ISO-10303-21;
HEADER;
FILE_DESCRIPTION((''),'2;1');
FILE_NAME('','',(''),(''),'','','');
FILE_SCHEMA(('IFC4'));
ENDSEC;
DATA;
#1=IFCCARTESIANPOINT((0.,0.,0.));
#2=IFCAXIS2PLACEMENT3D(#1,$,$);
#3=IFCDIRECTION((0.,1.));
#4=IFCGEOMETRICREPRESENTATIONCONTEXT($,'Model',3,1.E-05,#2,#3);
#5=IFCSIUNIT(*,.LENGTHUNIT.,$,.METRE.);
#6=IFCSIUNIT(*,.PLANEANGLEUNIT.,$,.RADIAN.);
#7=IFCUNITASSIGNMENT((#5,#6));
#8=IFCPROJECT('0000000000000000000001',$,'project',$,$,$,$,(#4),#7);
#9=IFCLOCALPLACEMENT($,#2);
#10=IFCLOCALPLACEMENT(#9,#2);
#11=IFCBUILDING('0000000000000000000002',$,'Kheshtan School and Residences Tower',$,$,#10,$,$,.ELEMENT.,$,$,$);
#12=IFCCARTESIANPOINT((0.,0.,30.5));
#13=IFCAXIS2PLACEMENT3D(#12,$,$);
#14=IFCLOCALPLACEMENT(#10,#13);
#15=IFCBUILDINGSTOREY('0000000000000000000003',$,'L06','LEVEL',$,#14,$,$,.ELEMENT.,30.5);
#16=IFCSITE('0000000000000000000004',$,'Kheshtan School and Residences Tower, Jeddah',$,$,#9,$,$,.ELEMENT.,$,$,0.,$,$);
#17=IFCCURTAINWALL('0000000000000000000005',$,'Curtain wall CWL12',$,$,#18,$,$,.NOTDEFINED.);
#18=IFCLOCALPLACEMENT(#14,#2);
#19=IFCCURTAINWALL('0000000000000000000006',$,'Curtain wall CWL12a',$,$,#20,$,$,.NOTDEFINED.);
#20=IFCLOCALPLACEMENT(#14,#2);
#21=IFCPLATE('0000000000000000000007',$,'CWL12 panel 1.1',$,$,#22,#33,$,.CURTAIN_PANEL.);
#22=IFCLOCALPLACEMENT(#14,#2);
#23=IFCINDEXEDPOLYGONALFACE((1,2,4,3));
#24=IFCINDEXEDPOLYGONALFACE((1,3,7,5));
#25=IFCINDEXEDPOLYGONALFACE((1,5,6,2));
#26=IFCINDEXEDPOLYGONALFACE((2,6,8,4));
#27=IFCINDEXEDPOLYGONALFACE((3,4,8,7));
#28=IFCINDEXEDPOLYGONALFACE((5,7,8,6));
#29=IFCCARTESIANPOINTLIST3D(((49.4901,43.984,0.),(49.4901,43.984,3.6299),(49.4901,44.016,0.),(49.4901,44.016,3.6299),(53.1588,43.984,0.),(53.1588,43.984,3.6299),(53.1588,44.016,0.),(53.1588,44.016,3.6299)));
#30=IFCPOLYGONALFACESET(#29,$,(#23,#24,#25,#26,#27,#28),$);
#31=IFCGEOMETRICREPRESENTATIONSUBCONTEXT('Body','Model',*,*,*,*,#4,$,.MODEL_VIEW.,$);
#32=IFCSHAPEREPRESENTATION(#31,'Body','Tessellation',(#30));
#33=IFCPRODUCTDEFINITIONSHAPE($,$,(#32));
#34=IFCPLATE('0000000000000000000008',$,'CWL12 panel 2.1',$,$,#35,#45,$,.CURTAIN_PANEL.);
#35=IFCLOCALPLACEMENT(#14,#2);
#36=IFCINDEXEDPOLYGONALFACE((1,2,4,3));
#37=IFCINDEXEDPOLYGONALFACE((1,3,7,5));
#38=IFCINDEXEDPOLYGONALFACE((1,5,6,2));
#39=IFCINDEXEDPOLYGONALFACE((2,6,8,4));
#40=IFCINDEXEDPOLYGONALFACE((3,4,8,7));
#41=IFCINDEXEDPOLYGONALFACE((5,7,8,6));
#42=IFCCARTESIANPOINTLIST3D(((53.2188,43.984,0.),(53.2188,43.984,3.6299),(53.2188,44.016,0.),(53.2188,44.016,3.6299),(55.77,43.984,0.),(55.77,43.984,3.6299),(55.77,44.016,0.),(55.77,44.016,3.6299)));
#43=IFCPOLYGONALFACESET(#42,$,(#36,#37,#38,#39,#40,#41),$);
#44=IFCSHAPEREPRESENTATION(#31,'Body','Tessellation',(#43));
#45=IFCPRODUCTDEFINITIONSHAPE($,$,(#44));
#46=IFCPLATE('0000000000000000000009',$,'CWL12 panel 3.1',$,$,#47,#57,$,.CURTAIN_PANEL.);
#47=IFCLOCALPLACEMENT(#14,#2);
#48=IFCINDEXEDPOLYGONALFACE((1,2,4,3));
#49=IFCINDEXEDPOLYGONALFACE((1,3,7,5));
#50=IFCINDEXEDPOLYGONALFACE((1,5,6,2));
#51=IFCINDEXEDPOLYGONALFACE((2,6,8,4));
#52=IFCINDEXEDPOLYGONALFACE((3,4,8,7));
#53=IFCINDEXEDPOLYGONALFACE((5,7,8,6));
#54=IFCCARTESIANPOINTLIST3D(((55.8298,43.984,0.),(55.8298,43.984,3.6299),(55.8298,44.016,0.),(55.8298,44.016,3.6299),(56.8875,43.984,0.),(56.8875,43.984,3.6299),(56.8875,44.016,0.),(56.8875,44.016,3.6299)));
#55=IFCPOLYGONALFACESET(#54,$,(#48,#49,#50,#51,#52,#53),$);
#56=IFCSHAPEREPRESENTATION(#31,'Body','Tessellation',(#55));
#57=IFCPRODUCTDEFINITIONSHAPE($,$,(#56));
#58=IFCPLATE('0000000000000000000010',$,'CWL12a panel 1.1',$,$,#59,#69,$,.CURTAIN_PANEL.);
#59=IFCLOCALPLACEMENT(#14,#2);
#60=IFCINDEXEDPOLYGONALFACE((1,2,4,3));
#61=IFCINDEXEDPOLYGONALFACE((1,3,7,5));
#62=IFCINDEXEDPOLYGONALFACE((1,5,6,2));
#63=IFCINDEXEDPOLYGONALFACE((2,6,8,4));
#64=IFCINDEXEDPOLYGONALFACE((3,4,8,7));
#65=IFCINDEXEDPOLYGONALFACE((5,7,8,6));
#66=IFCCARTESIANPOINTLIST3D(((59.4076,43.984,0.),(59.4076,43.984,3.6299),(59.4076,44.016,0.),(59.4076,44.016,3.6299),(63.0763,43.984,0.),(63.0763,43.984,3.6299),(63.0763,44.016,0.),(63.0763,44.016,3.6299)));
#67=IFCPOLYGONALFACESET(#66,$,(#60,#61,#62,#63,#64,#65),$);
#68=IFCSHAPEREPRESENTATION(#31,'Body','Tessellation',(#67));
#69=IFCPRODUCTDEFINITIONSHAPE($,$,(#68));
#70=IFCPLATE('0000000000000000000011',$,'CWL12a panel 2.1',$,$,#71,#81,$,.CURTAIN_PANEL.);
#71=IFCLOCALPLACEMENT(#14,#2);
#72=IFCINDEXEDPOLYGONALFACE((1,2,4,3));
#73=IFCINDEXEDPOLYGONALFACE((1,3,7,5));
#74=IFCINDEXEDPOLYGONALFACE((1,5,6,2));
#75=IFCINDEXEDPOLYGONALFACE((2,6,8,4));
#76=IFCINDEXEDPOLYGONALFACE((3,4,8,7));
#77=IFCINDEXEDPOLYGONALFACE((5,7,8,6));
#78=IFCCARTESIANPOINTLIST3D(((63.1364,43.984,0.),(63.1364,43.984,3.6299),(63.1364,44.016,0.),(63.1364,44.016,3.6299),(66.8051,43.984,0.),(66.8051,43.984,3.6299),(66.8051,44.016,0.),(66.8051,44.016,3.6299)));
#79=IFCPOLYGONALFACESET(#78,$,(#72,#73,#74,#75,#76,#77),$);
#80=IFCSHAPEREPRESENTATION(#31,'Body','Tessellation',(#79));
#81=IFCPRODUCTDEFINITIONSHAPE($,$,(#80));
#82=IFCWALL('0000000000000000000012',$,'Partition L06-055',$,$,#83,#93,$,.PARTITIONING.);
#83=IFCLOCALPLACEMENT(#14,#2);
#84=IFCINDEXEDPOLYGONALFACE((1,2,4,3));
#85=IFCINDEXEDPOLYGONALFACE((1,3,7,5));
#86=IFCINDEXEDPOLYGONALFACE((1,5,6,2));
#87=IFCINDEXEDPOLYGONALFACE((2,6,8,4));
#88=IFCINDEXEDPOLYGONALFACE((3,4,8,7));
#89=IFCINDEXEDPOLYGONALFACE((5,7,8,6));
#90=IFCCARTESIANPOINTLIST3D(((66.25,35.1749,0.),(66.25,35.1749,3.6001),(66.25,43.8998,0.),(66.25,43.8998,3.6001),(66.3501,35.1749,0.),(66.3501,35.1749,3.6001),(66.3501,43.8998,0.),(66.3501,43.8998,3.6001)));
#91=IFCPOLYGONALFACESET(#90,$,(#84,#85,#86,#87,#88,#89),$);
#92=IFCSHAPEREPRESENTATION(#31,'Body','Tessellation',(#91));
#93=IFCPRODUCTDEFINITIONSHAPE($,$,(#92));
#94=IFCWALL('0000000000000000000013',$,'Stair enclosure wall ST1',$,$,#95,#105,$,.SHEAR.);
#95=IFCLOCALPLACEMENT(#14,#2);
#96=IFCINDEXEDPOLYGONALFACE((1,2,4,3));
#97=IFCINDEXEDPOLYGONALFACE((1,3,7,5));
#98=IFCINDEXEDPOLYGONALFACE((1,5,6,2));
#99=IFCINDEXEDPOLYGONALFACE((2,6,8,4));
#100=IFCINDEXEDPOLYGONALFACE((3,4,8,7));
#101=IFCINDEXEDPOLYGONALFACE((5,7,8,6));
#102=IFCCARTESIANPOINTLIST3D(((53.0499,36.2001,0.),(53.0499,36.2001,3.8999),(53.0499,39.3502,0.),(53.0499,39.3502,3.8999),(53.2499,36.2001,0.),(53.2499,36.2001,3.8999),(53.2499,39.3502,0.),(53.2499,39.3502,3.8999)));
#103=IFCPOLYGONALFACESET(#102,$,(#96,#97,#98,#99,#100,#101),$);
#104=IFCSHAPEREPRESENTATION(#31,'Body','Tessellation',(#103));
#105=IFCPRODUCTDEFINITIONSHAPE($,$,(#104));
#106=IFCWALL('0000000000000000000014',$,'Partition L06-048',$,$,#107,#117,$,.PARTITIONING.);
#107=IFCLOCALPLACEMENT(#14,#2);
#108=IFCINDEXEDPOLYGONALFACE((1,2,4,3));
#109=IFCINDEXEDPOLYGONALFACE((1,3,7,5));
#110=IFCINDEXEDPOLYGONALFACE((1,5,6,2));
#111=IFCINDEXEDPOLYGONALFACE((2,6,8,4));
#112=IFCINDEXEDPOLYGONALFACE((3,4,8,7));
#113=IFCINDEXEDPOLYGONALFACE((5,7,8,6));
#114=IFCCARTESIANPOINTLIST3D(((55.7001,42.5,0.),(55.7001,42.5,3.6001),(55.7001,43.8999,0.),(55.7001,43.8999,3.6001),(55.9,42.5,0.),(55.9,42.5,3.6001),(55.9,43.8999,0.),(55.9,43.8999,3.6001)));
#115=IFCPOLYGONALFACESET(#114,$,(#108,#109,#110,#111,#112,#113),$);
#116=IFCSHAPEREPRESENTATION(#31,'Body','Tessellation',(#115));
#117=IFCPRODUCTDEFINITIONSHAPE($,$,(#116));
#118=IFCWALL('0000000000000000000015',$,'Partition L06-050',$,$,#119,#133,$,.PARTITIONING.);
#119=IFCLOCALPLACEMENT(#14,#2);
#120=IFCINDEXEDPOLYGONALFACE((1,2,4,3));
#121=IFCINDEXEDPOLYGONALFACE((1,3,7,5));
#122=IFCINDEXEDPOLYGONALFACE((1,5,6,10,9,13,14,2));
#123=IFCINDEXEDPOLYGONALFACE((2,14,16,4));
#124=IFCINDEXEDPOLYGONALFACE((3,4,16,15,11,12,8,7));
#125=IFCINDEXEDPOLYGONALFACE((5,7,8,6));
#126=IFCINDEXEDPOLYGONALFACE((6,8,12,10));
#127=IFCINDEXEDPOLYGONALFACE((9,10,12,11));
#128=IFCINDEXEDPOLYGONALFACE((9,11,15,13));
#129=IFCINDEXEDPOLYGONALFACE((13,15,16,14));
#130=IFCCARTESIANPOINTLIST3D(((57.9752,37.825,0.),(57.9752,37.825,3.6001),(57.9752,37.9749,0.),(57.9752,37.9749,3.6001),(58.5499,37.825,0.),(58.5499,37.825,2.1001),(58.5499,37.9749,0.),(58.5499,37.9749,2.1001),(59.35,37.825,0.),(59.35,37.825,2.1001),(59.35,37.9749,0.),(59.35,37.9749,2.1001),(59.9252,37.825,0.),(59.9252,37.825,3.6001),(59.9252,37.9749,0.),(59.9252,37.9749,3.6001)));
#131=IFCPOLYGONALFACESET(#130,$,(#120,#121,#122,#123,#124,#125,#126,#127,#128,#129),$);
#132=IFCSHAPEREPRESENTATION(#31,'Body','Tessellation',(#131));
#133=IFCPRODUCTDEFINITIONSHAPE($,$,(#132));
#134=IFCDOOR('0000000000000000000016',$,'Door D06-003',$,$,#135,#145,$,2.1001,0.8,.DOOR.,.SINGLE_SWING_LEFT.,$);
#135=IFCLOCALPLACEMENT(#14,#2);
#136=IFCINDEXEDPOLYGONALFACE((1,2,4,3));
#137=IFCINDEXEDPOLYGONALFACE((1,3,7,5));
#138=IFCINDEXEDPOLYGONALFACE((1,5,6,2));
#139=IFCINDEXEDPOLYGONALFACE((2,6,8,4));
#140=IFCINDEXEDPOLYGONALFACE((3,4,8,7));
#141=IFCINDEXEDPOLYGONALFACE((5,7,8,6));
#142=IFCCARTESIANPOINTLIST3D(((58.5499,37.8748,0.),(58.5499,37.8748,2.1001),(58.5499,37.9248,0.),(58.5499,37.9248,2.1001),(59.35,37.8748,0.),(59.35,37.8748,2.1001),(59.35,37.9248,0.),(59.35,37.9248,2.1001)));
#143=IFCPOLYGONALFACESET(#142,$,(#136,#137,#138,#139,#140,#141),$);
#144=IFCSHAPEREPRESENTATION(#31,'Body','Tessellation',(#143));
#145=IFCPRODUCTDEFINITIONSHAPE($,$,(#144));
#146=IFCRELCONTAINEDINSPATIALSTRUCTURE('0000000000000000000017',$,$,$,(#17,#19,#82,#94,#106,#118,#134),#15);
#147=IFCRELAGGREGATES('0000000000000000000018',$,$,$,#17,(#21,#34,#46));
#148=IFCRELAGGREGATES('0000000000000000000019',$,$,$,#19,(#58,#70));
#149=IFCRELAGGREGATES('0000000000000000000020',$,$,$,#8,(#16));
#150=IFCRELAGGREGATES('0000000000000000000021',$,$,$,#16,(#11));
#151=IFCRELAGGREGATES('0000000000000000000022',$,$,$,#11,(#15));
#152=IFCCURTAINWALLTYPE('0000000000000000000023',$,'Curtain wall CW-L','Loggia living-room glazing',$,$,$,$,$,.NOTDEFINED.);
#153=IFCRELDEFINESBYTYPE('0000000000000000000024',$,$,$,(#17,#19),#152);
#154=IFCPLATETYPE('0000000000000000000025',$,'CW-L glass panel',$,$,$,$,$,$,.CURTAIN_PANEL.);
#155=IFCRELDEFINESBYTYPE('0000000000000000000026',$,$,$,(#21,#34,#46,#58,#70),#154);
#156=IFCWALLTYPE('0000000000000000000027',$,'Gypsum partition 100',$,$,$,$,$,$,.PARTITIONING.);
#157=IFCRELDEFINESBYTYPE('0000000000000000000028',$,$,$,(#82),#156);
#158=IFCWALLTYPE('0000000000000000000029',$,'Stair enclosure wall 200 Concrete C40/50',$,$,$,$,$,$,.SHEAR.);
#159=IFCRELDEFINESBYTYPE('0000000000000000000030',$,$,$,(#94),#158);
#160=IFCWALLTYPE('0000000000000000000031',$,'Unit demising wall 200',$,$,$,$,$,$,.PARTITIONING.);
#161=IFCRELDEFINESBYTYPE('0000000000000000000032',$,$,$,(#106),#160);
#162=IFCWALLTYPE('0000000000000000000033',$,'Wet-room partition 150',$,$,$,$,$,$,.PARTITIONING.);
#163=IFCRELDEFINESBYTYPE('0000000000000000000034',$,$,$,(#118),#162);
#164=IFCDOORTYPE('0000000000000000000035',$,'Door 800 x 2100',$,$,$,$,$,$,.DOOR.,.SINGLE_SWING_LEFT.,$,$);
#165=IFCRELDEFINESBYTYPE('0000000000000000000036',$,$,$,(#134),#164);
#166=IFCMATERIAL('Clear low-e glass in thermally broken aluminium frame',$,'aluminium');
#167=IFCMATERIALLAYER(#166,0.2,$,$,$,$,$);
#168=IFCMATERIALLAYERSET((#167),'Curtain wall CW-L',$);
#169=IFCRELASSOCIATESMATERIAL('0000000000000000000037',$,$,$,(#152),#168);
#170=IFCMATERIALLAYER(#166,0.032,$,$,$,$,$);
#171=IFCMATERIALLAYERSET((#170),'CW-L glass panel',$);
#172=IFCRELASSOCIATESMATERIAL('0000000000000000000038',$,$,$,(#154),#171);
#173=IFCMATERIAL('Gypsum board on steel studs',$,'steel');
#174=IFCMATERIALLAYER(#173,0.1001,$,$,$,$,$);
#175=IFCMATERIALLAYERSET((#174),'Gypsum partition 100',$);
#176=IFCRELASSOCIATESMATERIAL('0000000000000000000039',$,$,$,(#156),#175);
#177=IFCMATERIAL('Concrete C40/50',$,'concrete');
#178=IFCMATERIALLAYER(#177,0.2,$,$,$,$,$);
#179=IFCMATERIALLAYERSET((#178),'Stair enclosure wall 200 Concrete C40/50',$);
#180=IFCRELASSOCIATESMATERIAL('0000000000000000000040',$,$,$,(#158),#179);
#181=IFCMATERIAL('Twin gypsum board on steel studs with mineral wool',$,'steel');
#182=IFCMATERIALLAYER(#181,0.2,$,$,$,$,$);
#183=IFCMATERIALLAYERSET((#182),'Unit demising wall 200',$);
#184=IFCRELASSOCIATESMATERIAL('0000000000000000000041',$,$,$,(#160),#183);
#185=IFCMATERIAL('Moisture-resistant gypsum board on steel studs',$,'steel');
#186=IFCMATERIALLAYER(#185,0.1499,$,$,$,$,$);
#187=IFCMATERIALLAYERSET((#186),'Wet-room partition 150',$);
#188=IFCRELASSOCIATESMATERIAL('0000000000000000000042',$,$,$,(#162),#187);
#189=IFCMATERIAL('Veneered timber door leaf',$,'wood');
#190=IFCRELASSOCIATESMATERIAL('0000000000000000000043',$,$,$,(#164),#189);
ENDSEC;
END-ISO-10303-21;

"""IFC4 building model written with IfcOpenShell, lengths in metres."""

from ifc_helpers import new_model, si_unit, direction, frame, frame_2d, origin, origin_2d, place, context, subcontext, project, spatial, rectangle, extrude, source, transform, mapped, material, layer, layer_set, type_object, element, fill, aggregate, save


model = new_model("IFC4")

# Units and contexts
model_context = context("Model", 3, precision=1e-05, world=origin(), true_north=direction((0.0, 1.0)))
body_context = subcontext(model_context, "Body", "Model", "MODEL_VIEW")
ifc_project = project(units=[si_unit("LENGTHUNIT", "METRE"), si_unit("PLANEANGLEUNIT", "RADIAN")], contexts=[model_context])

# Site, building, storey
site_placement = place(None, origin())
site = spatial("IfcSite", under=ifc_project, at=site_placement, Name="Kheshtan School and Residences Tower, Jeddah", CompositionType="ELEMENT", RefElevation=0.0)
building_placement = place(site_placement, origin())
building = spatial("IfcBuilding", under=site, at=building_placement, Name="Kheshtan School and Residences Tower", CompositionType="ELEMENT")
storey_placement = place(building_placement, frame((0.0, 0.0, 30.5)))
storey = spatial("IfcBuildingStorey", under=building, at=storey_placement, Name="L06", Description="LEVEL", CompositionType="ELEMENT", Elevation=30.5)

# Curtain walls
ifc_material_1 = material(Name="Clear low-e glass in thermally broken aluminium frame", Category="aluminium")
ifc_layer_1 = layer(ifc_material_1, 0.2)
ifc_layer_set_1 = layer_set([ifc_layer_1], Name="Curtain wall CW-L")
curtain_wall_type = type_object("IfcCurtainWallType", Name="Curtain wall CW-L", Description="Loggia living-room glazing", PredefinedType="NOTDEFINED", material=ifc_layer_set_1)
curtain_wall_1_placement = place(storey_placement, origin())
curtain_wall_1 = element("IfcCurtainWall", 1, at=curtain_wall_1_placement, inside=storey, type_object=curtain_wall_type, Name="Curtain wall CWL12", PredefinedType="NOTDEFINED")
curtain_wall_2_placement = place(storey_placement, origin())
curtain_wall_2 = element("IfcCurtainWall", 2, at=curtain_wall_2_placement, inside=storey, type_object=curtain_wall_type, Name="Curtain wall CWL12a", PredefinedType="NOTDEFINED")

# Plates
ifc_layer_2 = layer(ifc_material_1, 0.032)
ifc_layer_set_2 = layer_set([ifc_layer_2], Name="CW-L glass panel")
plate_type = type_object("IfcPlateType", Name="CW-L glass panel", PredefinedType="CURTAIN_PANEL", material=ifc_layer_set_2)
plate_1_placement = place(storey_placement, frame((51.3245, 44.0, 0.0), z_axis=(0.0, 0.0, 1.0), x_axis=(1.0, 0.0, 0.0)))
plate_1 = element("IfcPlate", 3, at=plate_1_placement, type_object=plate_type, Name="CWL12 panel 1.1", PredefinedType="CURTAIN_PANEL", context=body_context, shape_type="SweptSolid", body=[
    extrude(rectangle(XDim=3.6687, YDim=0.032, at=origin_2d()), origin(), (0.0, 0.0, 1.0), 3.6299),
])
plate_2_placement = place(storey_placement, frame((54.4944, 44.0, 0.0), z_axis=(0.0, 0.0, 1.0), x_axis=(1.0, 0.0, 0.0)))
plate_2 = element("IfcPlate", 4, at=plate_2_placement, type_object=plate_type, Name="CWL12 panel 2.1", PredefinedType="CURTAIN_PANEL", context=body_context, shape_type="SweptSolid", body=[
    extrude(rectangle(XDim=2.5513, YDim=0.032, at=origin_2d()), origin(), (0.0, 0.0, 1.0), 3.6299),
])
plate_3_placement = place(storey_placement, frame((56.3586, 44.0, 0.0), z_axis=(0.0, 0.0, 1.0), x_axis=(1.0, 0.0, 0.0)))
plate_3 = element("IfcPlate", 5, at=plate_3_placement, type_object=plate_type, Name="CWL12 panel 3.1", PredefinedType="CURTAIN_PANEL", context=body_context, shape_type="SweptSolid", body=[
    extrude(rectangle(XDim=1.0576, YDim=0.032, at=origin_2d()), origin(), (0.0, 0.0, 1.0), 3.6299),
])
aggregate(curtain_wall_1, [plate_1, plate_2, plate_3])
plate_4_placement = place(storey_placement, frame((61.2419, 44.0, 0.0), z_axis=(0.0, 0.0, 1.0), x_axis=(1.0, 0.0, 0.0)))
plate_4 = element("IfcPlate", 6, at=plate_4_placement, type_object=plate_type, Name="CWL12a panel 1.1", PredefinedType="CURTAIN_PANEL", context=body_context, shape_type="SweptSolid", body=[
    extrude(rectangle(XDim=3.6687, YDim=0.032, at=origin_2d()), origin(), (0.0, 0.0, 1.0), 3.6299),
])
plate_5_placement = place(storey_placement, frame((64.9707, 44.0, 0.0), z_axis=(0.0, 0.0, 1.0), x_axis=(1.0, 0.0, 0.0)))
plate_5 = element("IfcPlate", 7, at=plate_5_placement, type_object=plate_type, Name="CWL12a panel 2.1", PredefinedType="CURTAIN_PANEL", context=body_context, shape_type="SweptSolid", body=[
    extrude(rectangle(XDim=3.6687, YDim=0.032, at=origin_2d()), origin(), (0.0, 0.0, 1.0), 3.6299),
])
aggregate(curtain_wall_2, [plate_4, plate_5])

# Walls
ifc_material_2 = material(Name="Gypsum board on steel studs", Category="steel")
ifc_layer_3 = layer(ifc_material_2, 0.1001)
ifc_layer_set_3 = layer_set([ifc_layer_3], Name="Gypsum partition 100")
wall_type_1 = type_object("IfcWallType", Name="Gypsum partition 100", PredefinedType="PARTITIONING", material=ifc_layer_set_3)
wall_1_placement = place(storey_placement, frame((66.3, 35.175, 0.0), z_axis=(0.0, 0.0, 1.0), x_axis=(0.0, 1.0, 0.0)))
element("IfcWall", 8, at=wall_1_placement, inside=storey, type_object=wall_type_1, Name="Partition L06-055", PredefinedType="PARTITIONING", context=body_context, shape_type="SweptSolid", body=[
    extrude(rectangle(XDim=8.7249, YDim=0.1001, at=frame_2d((4.3623, 0.0))), origin(), (0.0, 0.0, 1.0), 3.6001),
])
ifc_material_3 = material(Name="Concrete C40/50", Category="concrete")
ifc_layer_4 = layer(ifc_material_3, 0.2)
ifc_layer_set_4 = layer_set([ifc_layer_4], Name="Stair enclosure wall 200 Concrete C40/50")
wall_type_2 = type_object("IfcWallType", Name="Stair enclosure wall 200 Concrete C40/50", PredefinedType="SHEAR", material=ifc_layer_set_4)
wall_2_placement = place(storey_placement, frame((53.1499, 36.2, 0.0), z_axis=(0.0, 0.0, 1.0), x_axis=(0.0, 1.0, 0.0)))
element("IfcWall", 9, at=wall_2_placement, inside=storey, type_object=wall_type_2, Name="Stair enclosure wall ST1", PredefinedType="SHEAR", context=body_context, shape_type="SweptSolid", body=[
    extrude(rectangle(XDim=3.1501, YDim=0.2, at=frame_2d((1.5752, 0.0))), origin(), (0.0, 0.0, 1.0), 3.8999),
])
ifc_material_4 = material(Name="Twin gypsum board on steel studs with mineral wool", Category="steel")
ifc_layer_5 = layer(ifc_material_4, 0.2)
ifc_layer_set_5 = layer_set([ifc_layer_5], Name="Unit demising wall 200")
wall_type_3 = type_object("IfcWallType", Name="Unit demising wall 200", PredefinedType="PARTITIONING", material=ifc_layer_set_5)
wall_3_placement = place(storey_placement, frame((55.8, 42.5, 0.0), z_axis=(0.0, 0.0, 1.0), x_axis=(0.0, 1.0, 0.0)))
element("IfcWall", 10, at=wall_3_placement, inside=storey, type_object=wall_type_3, Name="Partition L06-048", PredefinedType="PARTITIONING", context=body_context, shape_type="SweptSolid", body=[
    extrude(rectangle(XDim=1.3999, YDim=0.2, at=frame_2d((0.7, 0.0))), origin(), (0.0, 0.0, 1.0), 3.6001),
])

# Wall, opening, door
ifc_material_5 = material(Name="Moisture-resistant gypsum board on steel studs", Category="steel")
ifc_layer_6 = layer(ifc_material_5, 0.1499)
ifc_layer_set_6 = layer_set([ifc_layer_6], Name="Wet-room partition 150")
wall_type_4 = type_object("IfcWallType", Name="Wet-room partition 150", PredefinedType="PARTITIONING", material=ifc_layer_set_6)
wall_4_placement = place(storey_placement, frame((57.9751, 37.8999, 0.0), z_axis=(0.0, 0.0, 1.0), x_axis=(1.0, 0.0, 0.0)))
wall_4 = element("IfcWall", 11, at=wall_4_placement, inside=storey, type_object=wall_type_4, Name="Partition L06-050", PredefinedType="PARTITIONING", context=body_context, shape_type="SweptSolid", body=[
    extrude(rectangle(XDim=1.95, YDim=0.1499, at=frame_2d((0.9751, 0.0))), origin(), (0.0, 0.0, 1.0), 3.6001),
])
opening_1_placement = place(wall_4_placement, frame((0.575, 0.0, 0.0)))
opening_1 = element("IfcOpeningElement", 12, at=opening_1_placement, cuts=wall_4, PredefinedType="OPENING", context=body_context, shape_type="SweptSolid", body=[
    extrude(rectangle(XDim=0.8, YDim=2.1001, at=frame_2d((0.3999, 1.05))), frame((0.0, 0.085, 0.0), z_axis=(0.0, -1.0, 0.0), x_axis=(1.0, 0.0, 0.0)), (0.0, 0.0, 1.0), 0.1699),
])
ifc_material_6 = material(Name="Veneered timber door leaf", Category="wood")
door_type_1 = type_object("IfcDoorType", Name="Door 800 x 2100", OperationType="SINGLE_SWING_LEFT", PredefinedType="DOOR", material=ifc_material_6)
shared_shape_1 = source(origin(), body_context, "Body", "SweptSolid", [
    extrude(rectangle(XDim=0.8, YDim=2.1001, at=frame_2d((0.3999, 1.05))), frame((0.0, 0.0249, 0.0), z_axis=(0.0, -1.0, 0.0), x_axis=(1.0, 0.0, 0.0)), (0.0, 0.0, 1.0), 0.05),
])
door_1_placement = place(opening_1_placement, origin())
door_1 = element("IfcDoor", 13, at=door_1_placement, inside=storey, type_object=door_type_1, Name="Door D06-003", OperationType="SINGLE_SWING_LEFT", OverallHeight=2.1001, OverallWidth=0.8, PredefinedType="DOOR", context=body_context, shape_type="MappedRepresentation", body=[
    mapped(shared_shape_1, transform((0.0, 0.0, 0.0), x_axis=(1.0, 0.0, 0.0), y_axis=(0.0, 1.0, 0.0), z_axis=(0.0, 0.0, 1.0), scale=1.0)),
])
fill(opening_1, door_1)

save(model, "model.ifc")
